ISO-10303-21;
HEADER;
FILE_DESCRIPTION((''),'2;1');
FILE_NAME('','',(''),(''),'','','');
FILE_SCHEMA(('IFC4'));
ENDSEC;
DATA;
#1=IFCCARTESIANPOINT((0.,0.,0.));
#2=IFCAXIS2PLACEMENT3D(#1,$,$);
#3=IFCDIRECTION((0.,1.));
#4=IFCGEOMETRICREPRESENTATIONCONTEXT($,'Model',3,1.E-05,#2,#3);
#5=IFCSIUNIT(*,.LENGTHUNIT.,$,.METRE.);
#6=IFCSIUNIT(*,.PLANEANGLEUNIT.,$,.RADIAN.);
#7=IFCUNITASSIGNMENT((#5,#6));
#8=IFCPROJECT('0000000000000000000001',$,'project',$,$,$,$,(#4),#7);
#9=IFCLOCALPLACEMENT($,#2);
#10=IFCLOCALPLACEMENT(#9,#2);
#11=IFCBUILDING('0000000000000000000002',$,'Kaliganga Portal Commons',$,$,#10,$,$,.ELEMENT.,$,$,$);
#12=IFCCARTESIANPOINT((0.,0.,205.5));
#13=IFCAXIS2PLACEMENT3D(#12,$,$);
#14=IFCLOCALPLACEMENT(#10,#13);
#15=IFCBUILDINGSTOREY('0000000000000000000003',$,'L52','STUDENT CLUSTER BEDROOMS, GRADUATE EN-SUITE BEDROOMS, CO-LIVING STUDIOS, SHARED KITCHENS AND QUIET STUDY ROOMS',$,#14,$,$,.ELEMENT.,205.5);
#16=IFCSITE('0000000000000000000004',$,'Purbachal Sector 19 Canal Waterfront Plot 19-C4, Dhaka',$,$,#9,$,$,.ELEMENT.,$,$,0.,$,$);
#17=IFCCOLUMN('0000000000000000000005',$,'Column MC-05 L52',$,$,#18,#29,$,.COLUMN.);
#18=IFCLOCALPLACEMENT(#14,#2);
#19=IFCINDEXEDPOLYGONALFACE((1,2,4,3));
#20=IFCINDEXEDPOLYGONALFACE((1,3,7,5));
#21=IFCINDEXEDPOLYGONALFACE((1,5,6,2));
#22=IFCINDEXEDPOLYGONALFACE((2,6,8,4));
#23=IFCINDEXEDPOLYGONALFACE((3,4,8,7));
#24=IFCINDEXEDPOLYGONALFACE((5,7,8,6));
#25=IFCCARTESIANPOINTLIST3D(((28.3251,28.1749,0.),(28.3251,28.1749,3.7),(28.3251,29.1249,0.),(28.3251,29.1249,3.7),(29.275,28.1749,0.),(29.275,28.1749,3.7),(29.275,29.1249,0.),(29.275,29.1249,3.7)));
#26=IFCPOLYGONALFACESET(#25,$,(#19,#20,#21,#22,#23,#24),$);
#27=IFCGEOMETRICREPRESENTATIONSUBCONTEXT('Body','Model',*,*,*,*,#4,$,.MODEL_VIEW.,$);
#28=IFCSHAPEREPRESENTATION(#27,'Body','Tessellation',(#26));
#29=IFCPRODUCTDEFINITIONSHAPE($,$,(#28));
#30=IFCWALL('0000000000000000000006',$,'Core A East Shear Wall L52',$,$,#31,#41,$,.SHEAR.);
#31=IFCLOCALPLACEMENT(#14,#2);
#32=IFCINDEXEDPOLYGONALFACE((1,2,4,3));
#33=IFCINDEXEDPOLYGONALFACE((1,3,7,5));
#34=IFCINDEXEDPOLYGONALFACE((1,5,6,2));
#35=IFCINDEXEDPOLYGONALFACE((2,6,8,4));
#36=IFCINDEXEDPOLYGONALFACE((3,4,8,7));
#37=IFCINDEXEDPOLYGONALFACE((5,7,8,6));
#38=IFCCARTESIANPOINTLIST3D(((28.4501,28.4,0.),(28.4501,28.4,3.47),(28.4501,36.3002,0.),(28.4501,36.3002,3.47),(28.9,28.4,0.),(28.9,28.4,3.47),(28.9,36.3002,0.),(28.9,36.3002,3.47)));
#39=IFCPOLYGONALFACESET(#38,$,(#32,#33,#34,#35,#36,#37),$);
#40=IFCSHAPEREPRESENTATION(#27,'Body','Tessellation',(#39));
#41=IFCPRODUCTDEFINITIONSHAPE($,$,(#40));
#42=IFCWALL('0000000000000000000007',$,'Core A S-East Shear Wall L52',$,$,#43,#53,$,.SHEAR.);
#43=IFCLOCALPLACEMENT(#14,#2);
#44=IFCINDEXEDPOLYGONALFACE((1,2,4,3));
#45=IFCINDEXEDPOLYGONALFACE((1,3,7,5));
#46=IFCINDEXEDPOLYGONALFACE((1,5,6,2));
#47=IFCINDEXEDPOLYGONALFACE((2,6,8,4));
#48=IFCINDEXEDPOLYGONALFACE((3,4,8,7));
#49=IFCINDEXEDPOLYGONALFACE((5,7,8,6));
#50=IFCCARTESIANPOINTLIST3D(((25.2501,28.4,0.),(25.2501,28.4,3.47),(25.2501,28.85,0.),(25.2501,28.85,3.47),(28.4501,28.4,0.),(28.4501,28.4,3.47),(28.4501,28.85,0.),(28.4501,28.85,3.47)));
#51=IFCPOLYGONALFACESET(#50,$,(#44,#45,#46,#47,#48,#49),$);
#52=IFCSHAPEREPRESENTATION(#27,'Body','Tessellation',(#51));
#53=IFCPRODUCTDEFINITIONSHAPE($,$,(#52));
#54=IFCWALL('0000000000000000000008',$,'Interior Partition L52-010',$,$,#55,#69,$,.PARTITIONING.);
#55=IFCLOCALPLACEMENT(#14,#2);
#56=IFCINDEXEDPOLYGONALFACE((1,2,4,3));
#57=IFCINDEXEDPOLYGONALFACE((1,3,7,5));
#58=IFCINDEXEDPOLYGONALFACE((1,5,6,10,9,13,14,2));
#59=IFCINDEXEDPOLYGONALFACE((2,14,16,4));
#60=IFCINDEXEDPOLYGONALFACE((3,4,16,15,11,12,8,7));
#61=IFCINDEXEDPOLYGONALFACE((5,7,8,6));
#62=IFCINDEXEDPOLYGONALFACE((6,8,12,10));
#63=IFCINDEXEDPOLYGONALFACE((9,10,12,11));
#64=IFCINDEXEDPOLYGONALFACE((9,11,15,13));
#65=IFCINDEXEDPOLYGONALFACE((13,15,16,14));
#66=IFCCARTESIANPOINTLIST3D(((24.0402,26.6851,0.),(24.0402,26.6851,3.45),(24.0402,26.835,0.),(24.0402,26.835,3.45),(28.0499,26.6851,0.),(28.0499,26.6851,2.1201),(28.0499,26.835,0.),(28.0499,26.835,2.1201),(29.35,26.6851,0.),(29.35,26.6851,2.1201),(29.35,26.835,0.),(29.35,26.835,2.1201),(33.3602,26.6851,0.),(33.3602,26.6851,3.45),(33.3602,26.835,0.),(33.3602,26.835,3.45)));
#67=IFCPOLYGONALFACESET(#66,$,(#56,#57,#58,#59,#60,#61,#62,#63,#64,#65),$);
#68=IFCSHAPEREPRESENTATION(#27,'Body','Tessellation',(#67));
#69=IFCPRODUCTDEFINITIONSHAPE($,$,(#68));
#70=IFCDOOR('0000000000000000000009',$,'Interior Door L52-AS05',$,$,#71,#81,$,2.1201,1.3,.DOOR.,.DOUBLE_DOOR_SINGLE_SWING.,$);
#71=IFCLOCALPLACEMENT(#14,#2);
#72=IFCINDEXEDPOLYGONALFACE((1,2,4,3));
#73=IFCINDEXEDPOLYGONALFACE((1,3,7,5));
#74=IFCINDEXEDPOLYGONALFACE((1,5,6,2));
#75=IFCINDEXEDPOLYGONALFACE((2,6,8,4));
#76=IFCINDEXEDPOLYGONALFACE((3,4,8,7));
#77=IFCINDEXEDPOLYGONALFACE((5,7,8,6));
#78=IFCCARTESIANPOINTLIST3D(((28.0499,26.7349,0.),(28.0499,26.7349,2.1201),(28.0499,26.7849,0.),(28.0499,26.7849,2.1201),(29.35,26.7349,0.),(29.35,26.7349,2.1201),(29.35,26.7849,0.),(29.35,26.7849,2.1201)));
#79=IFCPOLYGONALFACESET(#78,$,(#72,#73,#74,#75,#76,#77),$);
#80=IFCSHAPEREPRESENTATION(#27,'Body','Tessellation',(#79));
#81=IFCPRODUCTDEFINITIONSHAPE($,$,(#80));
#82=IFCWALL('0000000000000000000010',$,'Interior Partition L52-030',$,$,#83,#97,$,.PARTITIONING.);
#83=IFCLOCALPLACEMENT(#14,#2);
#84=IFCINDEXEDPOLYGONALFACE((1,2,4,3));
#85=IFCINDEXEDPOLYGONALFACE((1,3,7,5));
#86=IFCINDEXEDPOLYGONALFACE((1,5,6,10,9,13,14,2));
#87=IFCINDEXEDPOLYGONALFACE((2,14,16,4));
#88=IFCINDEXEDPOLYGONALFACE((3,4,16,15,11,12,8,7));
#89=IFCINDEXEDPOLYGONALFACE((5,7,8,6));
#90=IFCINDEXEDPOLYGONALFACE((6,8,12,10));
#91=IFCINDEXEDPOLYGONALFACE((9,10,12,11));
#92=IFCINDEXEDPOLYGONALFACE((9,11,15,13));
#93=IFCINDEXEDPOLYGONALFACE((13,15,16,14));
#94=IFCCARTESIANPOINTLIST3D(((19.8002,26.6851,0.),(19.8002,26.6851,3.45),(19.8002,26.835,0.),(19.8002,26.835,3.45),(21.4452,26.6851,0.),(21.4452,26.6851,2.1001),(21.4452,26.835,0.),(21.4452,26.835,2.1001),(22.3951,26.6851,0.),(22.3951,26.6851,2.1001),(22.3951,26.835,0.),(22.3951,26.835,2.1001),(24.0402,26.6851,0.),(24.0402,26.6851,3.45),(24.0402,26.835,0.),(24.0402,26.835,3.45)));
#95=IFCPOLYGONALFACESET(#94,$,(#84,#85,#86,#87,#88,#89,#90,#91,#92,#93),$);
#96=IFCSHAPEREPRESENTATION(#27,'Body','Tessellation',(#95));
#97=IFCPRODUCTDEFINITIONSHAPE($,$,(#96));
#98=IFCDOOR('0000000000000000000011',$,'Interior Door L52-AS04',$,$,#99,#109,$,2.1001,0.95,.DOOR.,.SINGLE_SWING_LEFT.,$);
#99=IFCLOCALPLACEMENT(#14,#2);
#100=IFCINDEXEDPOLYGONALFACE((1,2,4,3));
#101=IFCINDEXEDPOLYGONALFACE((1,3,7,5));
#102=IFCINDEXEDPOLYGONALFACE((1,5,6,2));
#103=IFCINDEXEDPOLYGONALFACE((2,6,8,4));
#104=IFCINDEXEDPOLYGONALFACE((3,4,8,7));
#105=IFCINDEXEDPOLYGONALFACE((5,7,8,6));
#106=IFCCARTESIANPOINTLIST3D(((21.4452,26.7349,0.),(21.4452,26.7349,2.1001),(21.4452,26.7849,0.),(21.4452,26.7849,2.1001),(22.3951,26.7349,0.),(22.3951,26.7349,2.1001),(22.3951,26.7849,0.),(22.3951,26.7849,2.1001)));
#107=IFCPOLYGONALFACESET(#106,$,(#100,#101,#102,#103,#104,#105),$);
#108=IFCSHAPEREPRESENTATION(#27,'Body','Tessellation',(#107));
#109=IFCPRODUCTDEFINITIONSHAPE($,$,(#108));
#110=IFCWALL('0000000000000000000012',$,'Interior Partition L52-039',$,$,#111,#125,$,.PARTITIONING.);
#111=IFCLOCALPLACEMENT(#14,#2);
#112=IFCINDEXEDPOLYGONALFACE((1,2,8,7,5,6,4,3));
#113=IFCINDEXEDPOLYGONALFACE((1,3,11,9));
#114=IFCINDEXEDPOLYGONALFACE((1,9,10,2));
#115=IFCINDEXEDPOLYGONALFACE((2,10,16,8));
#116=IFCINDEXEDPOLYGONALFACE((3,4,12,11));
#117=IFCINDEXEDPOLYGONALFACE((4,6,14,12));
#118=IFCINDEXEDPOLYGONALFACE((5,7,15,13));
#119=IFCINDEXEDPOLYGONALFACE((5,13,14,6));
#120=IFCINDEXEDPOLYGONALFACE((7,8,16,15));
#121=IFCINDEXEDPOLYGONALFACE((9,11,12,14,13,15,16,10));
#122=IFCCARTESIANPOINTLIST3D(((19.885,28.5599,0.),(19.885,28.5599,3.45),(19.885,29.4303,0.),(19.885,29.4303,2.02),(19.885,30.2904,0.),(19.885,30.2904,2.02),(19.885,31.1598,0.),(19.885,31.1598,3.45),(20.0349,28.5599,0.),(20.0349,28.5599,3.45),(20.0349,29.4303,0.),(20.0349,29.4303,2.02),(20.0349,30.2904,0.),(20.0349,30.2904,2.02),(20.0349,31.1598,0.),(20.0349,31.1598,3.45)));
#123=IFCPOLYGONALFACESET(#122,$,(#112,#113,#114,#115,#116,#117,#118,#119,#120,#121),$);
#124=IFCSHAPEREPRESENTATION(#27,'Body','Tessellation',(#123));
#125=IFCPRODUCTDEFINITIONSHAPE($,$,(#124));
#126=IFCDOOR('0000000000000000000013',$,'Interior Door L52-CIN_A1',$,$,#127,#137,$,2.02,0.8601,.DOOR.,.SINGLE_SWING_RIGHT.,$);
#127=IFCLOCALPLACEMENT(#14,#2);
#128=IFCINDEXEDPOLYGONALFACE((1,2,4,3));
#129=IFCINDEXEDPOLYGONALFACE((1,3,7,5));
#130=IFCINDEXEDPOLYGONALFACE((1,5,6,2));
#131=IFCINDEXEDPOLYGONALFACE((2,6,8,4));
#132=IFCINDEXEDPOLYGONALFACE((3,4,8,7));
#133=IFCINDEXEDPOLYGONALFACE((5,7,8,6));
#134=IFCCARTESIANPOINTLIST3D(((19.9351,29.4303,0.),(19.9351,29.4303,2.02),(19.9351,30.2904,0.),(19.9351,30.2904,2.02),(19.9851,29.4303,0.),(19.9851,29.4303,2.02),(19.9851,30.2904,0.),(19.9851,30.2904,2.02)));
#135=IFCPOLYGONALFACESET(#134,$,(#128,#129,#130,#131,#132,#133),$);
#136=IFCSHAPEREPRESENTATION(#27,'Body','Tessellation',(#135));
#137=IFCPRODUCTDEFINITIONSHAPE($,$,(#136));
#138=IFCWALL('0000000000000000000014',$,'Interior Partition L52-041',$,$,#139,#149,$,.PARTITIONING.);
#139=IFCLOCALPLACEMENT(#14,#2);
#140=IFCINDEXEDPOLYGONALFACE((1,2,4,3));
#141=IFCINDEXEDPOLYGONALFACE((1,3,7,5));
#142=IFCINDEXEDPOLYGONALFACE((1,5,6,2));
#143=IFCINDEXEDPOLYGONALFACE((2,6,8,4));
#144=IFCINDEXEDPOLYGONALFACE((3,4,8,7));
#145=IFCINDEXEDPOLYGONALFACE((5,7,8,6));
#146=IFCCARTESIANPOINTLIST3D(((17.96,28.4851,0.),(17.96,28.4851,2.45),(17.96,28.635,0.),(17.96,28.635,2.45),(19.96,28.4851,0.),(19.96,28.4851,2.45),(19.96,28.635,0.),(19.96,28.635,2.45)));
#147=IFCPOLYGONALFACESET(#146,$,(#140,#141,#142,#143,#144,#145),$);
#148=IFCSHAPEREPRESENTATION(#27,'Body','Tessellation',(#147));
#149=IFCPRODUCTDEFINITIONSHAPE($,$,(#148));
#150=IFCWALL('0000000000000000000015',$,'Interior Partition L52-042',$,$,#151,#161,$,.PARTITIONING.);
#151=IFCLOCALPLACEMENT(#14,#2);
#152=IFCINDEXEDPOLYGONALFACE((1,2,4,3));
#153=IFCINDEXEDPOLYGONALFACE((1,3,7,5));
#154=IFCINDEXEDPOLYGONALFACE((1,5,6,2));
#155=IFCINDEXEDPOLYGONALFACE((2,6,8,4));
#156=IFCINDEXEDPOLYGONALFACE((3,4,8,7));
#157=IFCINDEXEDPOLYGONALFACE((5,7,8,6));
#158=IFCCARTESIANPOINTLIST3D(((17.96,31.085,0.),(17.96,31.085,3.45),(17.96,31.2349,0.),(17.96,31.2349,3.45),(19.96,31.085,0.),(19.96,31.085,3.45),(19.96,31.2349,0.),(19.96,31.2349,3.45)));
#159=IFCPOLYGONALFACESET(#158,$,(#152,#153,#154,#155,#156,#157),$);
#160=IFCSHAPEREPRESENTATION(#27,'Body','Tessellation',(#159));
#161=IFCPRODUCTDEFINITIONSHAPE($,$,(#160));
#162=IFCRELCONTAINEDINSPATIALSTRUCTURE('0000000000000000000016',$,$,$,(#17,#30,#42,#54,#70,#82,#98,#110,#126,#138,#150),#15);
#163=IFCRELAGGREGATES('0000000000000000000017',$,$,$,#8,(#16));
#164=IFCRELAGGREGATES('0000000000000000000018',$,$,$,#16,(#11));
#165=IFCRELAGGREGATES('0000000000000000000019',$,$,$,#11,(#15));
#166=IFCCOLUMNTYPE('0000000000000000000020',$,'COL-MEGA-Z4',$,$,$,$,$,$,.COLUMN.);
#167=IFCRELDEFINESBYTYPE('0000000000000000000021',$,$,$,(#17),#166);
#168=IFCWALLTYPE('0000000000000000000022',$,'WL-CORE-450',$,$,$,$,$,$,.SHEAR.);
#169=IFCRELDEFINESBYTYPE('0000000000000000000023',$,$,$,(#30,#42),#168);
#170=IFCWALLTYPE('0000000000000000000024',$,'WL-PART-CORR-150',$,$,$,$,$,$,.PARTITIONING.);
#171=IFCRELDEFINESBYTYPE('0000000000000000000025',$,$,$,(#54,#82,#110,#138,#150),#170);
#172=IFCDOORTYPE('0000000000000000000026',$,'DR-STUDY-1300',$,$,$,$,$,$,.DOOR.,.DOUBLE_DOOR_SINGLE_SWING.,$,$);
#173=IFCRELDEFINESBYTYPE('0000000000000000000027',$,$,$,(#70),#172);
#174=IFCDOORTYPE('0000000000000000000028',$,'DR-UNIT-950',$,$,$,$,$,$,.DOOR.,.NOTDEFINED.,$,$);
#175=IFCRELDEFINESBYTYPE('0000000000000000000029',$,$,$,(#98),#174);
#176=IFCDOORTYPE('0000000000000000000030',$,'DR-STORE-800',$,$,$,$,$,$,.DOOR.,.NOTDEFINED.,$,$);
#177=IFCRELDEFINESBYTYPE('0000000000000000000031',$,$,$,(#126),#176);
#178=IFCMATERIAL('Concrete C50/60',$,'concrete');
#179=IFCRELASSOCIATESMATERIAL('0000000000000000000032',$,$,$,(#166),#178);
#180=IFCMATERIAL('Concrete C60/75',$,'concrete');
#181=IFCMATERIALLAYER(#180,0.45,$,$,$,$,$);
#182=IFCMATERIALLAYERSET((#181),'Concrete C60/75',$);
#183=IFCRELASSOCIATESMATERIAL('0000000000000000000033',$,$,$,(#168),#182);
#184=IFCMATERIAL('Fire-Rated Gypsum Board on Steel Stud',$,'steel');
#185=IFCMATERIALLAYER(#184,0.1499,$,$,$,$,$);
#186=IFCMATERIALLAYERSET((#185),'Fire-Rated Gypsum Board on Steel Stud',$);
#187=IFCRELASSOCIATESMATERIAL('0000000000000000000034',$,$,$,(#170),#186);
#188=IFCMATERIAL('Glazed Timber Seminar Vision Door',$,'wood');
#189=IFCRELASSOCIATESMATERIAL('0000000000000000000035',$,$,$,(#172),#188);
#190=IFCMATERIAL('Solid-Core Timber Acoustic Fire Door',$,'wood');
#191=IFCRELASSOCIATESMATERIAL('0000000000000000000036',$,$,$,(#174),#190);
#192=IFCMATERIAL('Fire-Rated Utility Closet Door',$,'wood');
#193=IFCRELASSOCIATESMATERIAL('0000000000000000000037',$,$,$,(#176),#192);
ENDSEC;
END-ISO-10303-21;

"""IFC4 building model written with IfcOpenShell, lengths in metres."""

from ifc_helpers import new_model, si_unit, direction, frame, frame_2d, origin, origin_2d, place, context, subcontext, project, spatial, rectangle, extrude, source, transform, mapped, material, layer, layer_set, material_profile, profile_set, type_object, element, fill, save


model = new_model("IFC4")

# Units and contexts
model_context = context("Model", 3, precision=1e-05, world=origin(), true_north=direction((0.0, 1.0)))
body_context = subcontext(model_context, "Body", "Model", "MODEL_VIEW")
ifc_project = project(units=[si_unit("LENGTHUNIT", "METRE"), si_unit("PLANEANGLEUNIT", "RADIAN")], contexts=[model_context])

# Site, building, storey
site_placement = place(None, origin())
site = spatial("IfcSite", under=ifc_project, at=site_placement, Name="Purbachal Sector 19 Canal Waterfront Plot 19-C4, Dhaka", CompositionType="ELEMENT", RefElevation=0.0)
building_placement = place(site_placement, origin())
building = spatial("IfcBuilding", under=site, at=building_placement, Name="Kaliganga Portal Commons", CompositionType="ELEMENT")
storey_placement = place(building_placement, frame((0.0, 0.0, 205.5)))
storey = spatial("IfcBuildingStorey", under=building, at=storey_placement, Name="L52", Description="STUDENT CLUSTER BEDROOMS, GRADUATE EN-SUITE BEDROOMS, CO-LIVING STUDIOS, SHARED KITCHENS AND QUIET STUDY ROOMS", CompositionType="ELEMENT", Elevation=205.5)

# Column
ifc_material_1 = material(Name="Concrete C50/60", Category="concrete")
ifc_material_profile = material_profile(ifc_material_1, rectangle(XDim=0.95, YDim=0.95, at=origin_2d()), Name="RC 950x950")
ifc_profile_set = profile_set([ifc_material_profile], Name="Concrete C50/60")
column_type = type_object("IfcColumnType", Name="COL-MEGA-Z4", PredefinedType="COLUMN", material=ifc_profile_set)
shared_shape_1 = source(origin(), body_context, "Body", "SweptSolid", [
    extrude(rectangle(XDim=0.95, YDim=0.95, at=origin_2d()), origin(), (0.0, 0.0, 1.0), 3.7),
])
column_placement = place(storey_placement, frame((28.8, 28.6499, 0.0), z_axis=(0.0, 0.0, 1.0), x_axis=(1.0, 0.0, 0.0)))
element("IfcColumn", 1, at=column_placement, inside=storey, type_object=column_type, Name="Column MC-05 L52", PredefinedType="COLUMN", context=body_context, shape_type="MappedRepresentation", body=[
    mapped(shared_shape_1, transform((0.0, 0.0, 0.0), x_axis=(1.0, 0.0, 0.0), y_axis=(0.0, 1.0, 0.0), z_axis=(0.0, 0.0, 1.0), scale=1.0)),
])

# Walls
ifc_material_2 = material(Name="Concrete C60/75", Category="concrete")
ifc_layer_1 = layer(ifc_material_2, 0.45)
ifc_layer_set_1 = layer_set([ifc_layer_1], Name="Concrete C60/75")
wall_type_1 = type_object("IfcWallType", Name="WL-CORE-450", PredefinedType="SHEAR", material=ifc_layer_set_1)
wall_1_placement = place(storey_placement, frame((28.675, 28.3999, 0.0), z_axis=(0.0, 0.0, 1.0), x_axis=(0.0, 1.0, 0.0)))
element("IfcWall", 2, at=wall_1_placement, inside=storey, type_object=wall_type_1, Name="Core A East Shear Wall L52", PredefinedType="SHEAR", context=body_context, shape_type="SweptSolid", body=[
    extrude(rectangle(XDim=7.9001, YDim=0.45, at=frame_2d((3.9502, 0.0))), origin(), (0.0, 0.0, 1.0), 3.47),
])
wall_2_placement = place(storey_placement, frame((25.25, 28.625, 0.0), z_axis=(0.0, 0.0, 1.0), x_axis=(1.0, 0.0, 0.0)))
element("IfcWall", 3, at=wall_2_placement, inside=storey, type_object=wall_type_1, Name="Core A S-East Shear Wall L52", PredefinedType="SHEAR", context=body_context, shape_type="SweptSolid", body=[
    extrude(rectangle(XDim=3.2, YDim=0.45, at=frame_2d((1.6001, 0.0))), origin(), (0.0, 0.0, 1.0), 3.47),
])

# Walls, openings, doors
ifc_material_3 = material(Name="Fire-Rated Gypsum Board on Steel Stud", Category="steel")
ifc_layer_2 = layer(ifc_material_3, 0.1499)
ifc_layer_set_2 = layer_set([ifc_layer_2], Name="Fire-Rated Gypsum Board on Steel Stud")
wall_type_2 = type_object("IfcWallType", Name="WL-PART-CORR-150", PredefinedType="PARTITIONING", material=ifc_layer_set_2)
wall_3_placement = place(storey_placement, frame((24.04, 26.76, 0.0), z_axis=(0.0, 0.0, 1.0), x_axis=(1.0, 0.0, 0.0)))
wall_3 = element("IfcWall", 4, at=wall_3_placement, inside=storey, type_object=wall_type_2, Name="Interior Partition L52-010", PredefinedType="PARTITIONING", context=body_context, shape_type="SweptSolid", body=[
    extrude(rectangle(XDim=9.3201, YDim=0.1499, at=frame_2d((4.6602, 0.0))), origin(), (0.0, 0.0, 1.0), 3.45),
])
opening_1_placement = place(wall_3_placement, frame((4.01, 0.0, 0.0)))
opening_1 = element("IfcOpeningElement", 5, at=opening_1_placement, cuts=wall_3, PredefinedType="OPENING", context=body_context, shape_type="SweptSolid", body=[
    extrude(rectangle(XDim=1.3, YDim=2.1201, at=frame_2d((0.6499, 1.0601))), frame((0.0, 0.085, 0.0), z_axis=(0.0, -1.0, 0.0), x_axis=(1.0, 0.0, 0.0)), (0.0, 0.0, 1.0), 0.1699),
])
ifc_material_4 = material(Name="Glazed Timber Seminar Vision Door", Category="wood")
door_type_1 = type_object("IfcDoorType", Name="DR-STUDY-1300", OperationType="DOUBLE_DOOR_SINGLE_SWING", PredefinedType="DOOR", material=ifc_material_4)
door_1_placement = place(opening_1_placement, origin())
door_1 = element("IfcDoor", 6, at=door_1_placement, inside=storey, type_object=door_type_1, Name="Interior Door L52-AS05", OperationType="DOUBLE_DOOR_SINGLE_SWING", OverallHeight=2.1201, OverallWidth=1.3, PredefinedType="DOOR", context=body_context, shape_type="SweptSolid", body=[
    extrude(rectangle(XDim=1.3, YDim=2.1201, at=frame_2d((0.6499, 1.0601))), frame((0.0, 0.0249, 0.0), z_axis=(0.0, -1.0, 0.0), x_axis=(1.0, 0.0, 0.0)), (0.0, 0.0, 1.0), 0.05),
])
fill(opening_1, door_1)
wall_4_placement = place(storey_placement, frame((19.8, 26.76, 0.0), z_axis=(0.0, 0.0, 1.0), x_axis=(1.0, 0.0, 0.0)))
wall_4 = element("IfcWall", 7, at=wall_4_placement, inside=storey, type_object=wall_type_2, Name="Interior Partition L52-030", PredefinedType="PARTITIONING", context=body_context, shape_type="SweptSolid", body=[
    extrude(rectangle(XDim=4.24, YDim=0.1499, at=frame_2d((2.1201, 0.0))), origin(), (0.0, 0.0, 1.0), 3.45),
])
opening_2_placement = place(wall_4_placement, frame((1.645, 0.0, 0.0)))
opening_2 = element("IfcOpeningElement", 8, at=opening_2_placement, cuts=wall_4, PredefinedType="OPENING", context=body_context, shape_type="SweptSolid", body=[
    extrude(rectangle(XDim=0.95, YDim=2.1001, at=frame_2d((0.4751, 1.05))), frame((0.0, 0.085, 0.0), z_axis=(0.0, -1.0, 0.0), x_axis=(1.0, 0.0, 0.0)), (0.0, 0.0, 1.0), 0.1699),
])
ifc_material_5 = material(Name="Solid-Core Timber Acoustic Fire Door", Category="wood")
door_type_2 = type_object("IfcDoorType", Name="DR-UNIT-950", OperationType="NOTDEFINED", PredefinedType="DOOR", material=ifc_material_5)
door_2_placement = place(opening_2_placement, origin())
door_2 = element("IfcDoor", 9, at=door_2_placement, inside=storey, type_object=door_type_2, Name="Interior Door L52-AS04", OperationType="SINGLE_SWING_LEFT", OverallHeight=2.1001, OverallWidth=0.95, PredefinedType="DOOR", context=body_context, shape_type="SweptSolid", body=[
    extrude(rectangle(XDim=0.95, YDim=2.1001, at=frame_2d((0.4751, 1.05))), frame((0.0, 0.0249, 0.0), z_axis=(0.0, -1.0, 0.0), x_axis=(1.0, 0.0, 0.0)), (0.0, 0.0, 1.0), 0.05),
])
fill(opening_2, door_2)
wall_5_placement = place(storey_placement, frame((19.96, 28.5601, 0.0), z_axis=(0.0, 0.0, 1.0), x_axis=(0.0, 1.0, 0.0)))
wall_5 = element("IfcWall", 10, at=wall_5_placement, inside=storey, type_object=wall_type_2, Name="Interior Partition L52-039", PredefinedType="PARTITIONING", context=body_context, shape_type="SweptSolid", body=[
    extrude(rectangle(XDim=2.5999, YDim=0.1499, at=frame_2d((1.2998, 0.0))), origin(), (0.0, 0.0, 1.0), 3.45),
])
opening_3_placement = place(wall_5_placement, frame((0.8701, 0.0, 0.0)))
opening_3 = element("IfcOpeningElement", 11, at=opening_3_placement, cuts=wall_5, PredefinedType="OPENING", context=body_context, shape_type="SweptSolid", body=[
    extrude(rectangle(XDim=0.8601, YDim=2.02, at=frame_2d((0.4302, 1.01))), frame((0.0, 0.085, 0.0), z_axis=(0.0, -1.0, 0.0), x_axis=(1.0, 0.0, 0.0)), (0.0, 0.0, 1.0), 0.1699),
])
ifc_material_6 = material(Name="Fire-Rated Utility Closet Door", Category="wood")
door_type_3 = type_object("IfcDoorType", Name="DR-STORE-800", OperationType="NOTDEFINED", PredefinedType="DOOR", material=ifc_material_6)
door_3_placement = place(opening_3_placement, origin())
door_3 = element("IfcDoor", 12, at=door_3_placement, inside=storey, type_object=door_type_3, Name="Interior Door L52-CIN_A1", OperationType="SINGLE_SWING_RIGHT", OverallHeight=2.02, OverallWidth=0.8601, PredefinedType="DOOR", context=body_context, shape_type="SweptSolid", body=[
    extrude(rectangle(XDim=0.8601, YDim=2.02, at=frame_2d((0.4302, 1.01))), frame((0.0, 0.0249, 0.0), z_axis=(0.0, -1.0, 0.0), x_axis=(1.0, 0.0, 0.0)), (0.0, 0.0, 1.0), 0.05),
])
fill(opening_3, door_3)

# Walls
wall_6_placement = place(storey_placement, frame((17.96, 28.5601, 0.0), z_axis=(0.0, 0.0, 1.0), x_axis=(1.0, 0.0, 0.0)))
element("IfcWall", 13, at=wall_6_placement, inside=storey, type_object=wall_type_2, Name="Interior Partition L52-041", PredefinedType="PARTITIONING", context=body_context, shape_type="SweptSolid", body=[
    extrude(rectangle(XDim=2.0, YDim=0.1499, at=frame_2d((1.0, 0.0))), origin(), (0.0, 0.0, 1.0), 2.45),
])
wall_7_placement = place(storey_placement, frame((17.96, 31.1599, 0.0), z_axis=(0.0, 0.0, 1.0), x_axis=(1.0, 0.0, 0.0)))
element("IfcWall", 14, at=wall_7_placement, inside=storey, type_object=wall_type_2, Name="Interior Partition L52-042", PredefinedType="PARTITIONING", context=body_context, shape_type="SweptSolid", body=[
    extrude(rectangle(XDim=2.0, YDim=0.1499, at=frame_2d((1.0, 0.0))), origin(), (0.0, 0.0, 1.0), 3.45),
])

save(model, "model.ifc")
